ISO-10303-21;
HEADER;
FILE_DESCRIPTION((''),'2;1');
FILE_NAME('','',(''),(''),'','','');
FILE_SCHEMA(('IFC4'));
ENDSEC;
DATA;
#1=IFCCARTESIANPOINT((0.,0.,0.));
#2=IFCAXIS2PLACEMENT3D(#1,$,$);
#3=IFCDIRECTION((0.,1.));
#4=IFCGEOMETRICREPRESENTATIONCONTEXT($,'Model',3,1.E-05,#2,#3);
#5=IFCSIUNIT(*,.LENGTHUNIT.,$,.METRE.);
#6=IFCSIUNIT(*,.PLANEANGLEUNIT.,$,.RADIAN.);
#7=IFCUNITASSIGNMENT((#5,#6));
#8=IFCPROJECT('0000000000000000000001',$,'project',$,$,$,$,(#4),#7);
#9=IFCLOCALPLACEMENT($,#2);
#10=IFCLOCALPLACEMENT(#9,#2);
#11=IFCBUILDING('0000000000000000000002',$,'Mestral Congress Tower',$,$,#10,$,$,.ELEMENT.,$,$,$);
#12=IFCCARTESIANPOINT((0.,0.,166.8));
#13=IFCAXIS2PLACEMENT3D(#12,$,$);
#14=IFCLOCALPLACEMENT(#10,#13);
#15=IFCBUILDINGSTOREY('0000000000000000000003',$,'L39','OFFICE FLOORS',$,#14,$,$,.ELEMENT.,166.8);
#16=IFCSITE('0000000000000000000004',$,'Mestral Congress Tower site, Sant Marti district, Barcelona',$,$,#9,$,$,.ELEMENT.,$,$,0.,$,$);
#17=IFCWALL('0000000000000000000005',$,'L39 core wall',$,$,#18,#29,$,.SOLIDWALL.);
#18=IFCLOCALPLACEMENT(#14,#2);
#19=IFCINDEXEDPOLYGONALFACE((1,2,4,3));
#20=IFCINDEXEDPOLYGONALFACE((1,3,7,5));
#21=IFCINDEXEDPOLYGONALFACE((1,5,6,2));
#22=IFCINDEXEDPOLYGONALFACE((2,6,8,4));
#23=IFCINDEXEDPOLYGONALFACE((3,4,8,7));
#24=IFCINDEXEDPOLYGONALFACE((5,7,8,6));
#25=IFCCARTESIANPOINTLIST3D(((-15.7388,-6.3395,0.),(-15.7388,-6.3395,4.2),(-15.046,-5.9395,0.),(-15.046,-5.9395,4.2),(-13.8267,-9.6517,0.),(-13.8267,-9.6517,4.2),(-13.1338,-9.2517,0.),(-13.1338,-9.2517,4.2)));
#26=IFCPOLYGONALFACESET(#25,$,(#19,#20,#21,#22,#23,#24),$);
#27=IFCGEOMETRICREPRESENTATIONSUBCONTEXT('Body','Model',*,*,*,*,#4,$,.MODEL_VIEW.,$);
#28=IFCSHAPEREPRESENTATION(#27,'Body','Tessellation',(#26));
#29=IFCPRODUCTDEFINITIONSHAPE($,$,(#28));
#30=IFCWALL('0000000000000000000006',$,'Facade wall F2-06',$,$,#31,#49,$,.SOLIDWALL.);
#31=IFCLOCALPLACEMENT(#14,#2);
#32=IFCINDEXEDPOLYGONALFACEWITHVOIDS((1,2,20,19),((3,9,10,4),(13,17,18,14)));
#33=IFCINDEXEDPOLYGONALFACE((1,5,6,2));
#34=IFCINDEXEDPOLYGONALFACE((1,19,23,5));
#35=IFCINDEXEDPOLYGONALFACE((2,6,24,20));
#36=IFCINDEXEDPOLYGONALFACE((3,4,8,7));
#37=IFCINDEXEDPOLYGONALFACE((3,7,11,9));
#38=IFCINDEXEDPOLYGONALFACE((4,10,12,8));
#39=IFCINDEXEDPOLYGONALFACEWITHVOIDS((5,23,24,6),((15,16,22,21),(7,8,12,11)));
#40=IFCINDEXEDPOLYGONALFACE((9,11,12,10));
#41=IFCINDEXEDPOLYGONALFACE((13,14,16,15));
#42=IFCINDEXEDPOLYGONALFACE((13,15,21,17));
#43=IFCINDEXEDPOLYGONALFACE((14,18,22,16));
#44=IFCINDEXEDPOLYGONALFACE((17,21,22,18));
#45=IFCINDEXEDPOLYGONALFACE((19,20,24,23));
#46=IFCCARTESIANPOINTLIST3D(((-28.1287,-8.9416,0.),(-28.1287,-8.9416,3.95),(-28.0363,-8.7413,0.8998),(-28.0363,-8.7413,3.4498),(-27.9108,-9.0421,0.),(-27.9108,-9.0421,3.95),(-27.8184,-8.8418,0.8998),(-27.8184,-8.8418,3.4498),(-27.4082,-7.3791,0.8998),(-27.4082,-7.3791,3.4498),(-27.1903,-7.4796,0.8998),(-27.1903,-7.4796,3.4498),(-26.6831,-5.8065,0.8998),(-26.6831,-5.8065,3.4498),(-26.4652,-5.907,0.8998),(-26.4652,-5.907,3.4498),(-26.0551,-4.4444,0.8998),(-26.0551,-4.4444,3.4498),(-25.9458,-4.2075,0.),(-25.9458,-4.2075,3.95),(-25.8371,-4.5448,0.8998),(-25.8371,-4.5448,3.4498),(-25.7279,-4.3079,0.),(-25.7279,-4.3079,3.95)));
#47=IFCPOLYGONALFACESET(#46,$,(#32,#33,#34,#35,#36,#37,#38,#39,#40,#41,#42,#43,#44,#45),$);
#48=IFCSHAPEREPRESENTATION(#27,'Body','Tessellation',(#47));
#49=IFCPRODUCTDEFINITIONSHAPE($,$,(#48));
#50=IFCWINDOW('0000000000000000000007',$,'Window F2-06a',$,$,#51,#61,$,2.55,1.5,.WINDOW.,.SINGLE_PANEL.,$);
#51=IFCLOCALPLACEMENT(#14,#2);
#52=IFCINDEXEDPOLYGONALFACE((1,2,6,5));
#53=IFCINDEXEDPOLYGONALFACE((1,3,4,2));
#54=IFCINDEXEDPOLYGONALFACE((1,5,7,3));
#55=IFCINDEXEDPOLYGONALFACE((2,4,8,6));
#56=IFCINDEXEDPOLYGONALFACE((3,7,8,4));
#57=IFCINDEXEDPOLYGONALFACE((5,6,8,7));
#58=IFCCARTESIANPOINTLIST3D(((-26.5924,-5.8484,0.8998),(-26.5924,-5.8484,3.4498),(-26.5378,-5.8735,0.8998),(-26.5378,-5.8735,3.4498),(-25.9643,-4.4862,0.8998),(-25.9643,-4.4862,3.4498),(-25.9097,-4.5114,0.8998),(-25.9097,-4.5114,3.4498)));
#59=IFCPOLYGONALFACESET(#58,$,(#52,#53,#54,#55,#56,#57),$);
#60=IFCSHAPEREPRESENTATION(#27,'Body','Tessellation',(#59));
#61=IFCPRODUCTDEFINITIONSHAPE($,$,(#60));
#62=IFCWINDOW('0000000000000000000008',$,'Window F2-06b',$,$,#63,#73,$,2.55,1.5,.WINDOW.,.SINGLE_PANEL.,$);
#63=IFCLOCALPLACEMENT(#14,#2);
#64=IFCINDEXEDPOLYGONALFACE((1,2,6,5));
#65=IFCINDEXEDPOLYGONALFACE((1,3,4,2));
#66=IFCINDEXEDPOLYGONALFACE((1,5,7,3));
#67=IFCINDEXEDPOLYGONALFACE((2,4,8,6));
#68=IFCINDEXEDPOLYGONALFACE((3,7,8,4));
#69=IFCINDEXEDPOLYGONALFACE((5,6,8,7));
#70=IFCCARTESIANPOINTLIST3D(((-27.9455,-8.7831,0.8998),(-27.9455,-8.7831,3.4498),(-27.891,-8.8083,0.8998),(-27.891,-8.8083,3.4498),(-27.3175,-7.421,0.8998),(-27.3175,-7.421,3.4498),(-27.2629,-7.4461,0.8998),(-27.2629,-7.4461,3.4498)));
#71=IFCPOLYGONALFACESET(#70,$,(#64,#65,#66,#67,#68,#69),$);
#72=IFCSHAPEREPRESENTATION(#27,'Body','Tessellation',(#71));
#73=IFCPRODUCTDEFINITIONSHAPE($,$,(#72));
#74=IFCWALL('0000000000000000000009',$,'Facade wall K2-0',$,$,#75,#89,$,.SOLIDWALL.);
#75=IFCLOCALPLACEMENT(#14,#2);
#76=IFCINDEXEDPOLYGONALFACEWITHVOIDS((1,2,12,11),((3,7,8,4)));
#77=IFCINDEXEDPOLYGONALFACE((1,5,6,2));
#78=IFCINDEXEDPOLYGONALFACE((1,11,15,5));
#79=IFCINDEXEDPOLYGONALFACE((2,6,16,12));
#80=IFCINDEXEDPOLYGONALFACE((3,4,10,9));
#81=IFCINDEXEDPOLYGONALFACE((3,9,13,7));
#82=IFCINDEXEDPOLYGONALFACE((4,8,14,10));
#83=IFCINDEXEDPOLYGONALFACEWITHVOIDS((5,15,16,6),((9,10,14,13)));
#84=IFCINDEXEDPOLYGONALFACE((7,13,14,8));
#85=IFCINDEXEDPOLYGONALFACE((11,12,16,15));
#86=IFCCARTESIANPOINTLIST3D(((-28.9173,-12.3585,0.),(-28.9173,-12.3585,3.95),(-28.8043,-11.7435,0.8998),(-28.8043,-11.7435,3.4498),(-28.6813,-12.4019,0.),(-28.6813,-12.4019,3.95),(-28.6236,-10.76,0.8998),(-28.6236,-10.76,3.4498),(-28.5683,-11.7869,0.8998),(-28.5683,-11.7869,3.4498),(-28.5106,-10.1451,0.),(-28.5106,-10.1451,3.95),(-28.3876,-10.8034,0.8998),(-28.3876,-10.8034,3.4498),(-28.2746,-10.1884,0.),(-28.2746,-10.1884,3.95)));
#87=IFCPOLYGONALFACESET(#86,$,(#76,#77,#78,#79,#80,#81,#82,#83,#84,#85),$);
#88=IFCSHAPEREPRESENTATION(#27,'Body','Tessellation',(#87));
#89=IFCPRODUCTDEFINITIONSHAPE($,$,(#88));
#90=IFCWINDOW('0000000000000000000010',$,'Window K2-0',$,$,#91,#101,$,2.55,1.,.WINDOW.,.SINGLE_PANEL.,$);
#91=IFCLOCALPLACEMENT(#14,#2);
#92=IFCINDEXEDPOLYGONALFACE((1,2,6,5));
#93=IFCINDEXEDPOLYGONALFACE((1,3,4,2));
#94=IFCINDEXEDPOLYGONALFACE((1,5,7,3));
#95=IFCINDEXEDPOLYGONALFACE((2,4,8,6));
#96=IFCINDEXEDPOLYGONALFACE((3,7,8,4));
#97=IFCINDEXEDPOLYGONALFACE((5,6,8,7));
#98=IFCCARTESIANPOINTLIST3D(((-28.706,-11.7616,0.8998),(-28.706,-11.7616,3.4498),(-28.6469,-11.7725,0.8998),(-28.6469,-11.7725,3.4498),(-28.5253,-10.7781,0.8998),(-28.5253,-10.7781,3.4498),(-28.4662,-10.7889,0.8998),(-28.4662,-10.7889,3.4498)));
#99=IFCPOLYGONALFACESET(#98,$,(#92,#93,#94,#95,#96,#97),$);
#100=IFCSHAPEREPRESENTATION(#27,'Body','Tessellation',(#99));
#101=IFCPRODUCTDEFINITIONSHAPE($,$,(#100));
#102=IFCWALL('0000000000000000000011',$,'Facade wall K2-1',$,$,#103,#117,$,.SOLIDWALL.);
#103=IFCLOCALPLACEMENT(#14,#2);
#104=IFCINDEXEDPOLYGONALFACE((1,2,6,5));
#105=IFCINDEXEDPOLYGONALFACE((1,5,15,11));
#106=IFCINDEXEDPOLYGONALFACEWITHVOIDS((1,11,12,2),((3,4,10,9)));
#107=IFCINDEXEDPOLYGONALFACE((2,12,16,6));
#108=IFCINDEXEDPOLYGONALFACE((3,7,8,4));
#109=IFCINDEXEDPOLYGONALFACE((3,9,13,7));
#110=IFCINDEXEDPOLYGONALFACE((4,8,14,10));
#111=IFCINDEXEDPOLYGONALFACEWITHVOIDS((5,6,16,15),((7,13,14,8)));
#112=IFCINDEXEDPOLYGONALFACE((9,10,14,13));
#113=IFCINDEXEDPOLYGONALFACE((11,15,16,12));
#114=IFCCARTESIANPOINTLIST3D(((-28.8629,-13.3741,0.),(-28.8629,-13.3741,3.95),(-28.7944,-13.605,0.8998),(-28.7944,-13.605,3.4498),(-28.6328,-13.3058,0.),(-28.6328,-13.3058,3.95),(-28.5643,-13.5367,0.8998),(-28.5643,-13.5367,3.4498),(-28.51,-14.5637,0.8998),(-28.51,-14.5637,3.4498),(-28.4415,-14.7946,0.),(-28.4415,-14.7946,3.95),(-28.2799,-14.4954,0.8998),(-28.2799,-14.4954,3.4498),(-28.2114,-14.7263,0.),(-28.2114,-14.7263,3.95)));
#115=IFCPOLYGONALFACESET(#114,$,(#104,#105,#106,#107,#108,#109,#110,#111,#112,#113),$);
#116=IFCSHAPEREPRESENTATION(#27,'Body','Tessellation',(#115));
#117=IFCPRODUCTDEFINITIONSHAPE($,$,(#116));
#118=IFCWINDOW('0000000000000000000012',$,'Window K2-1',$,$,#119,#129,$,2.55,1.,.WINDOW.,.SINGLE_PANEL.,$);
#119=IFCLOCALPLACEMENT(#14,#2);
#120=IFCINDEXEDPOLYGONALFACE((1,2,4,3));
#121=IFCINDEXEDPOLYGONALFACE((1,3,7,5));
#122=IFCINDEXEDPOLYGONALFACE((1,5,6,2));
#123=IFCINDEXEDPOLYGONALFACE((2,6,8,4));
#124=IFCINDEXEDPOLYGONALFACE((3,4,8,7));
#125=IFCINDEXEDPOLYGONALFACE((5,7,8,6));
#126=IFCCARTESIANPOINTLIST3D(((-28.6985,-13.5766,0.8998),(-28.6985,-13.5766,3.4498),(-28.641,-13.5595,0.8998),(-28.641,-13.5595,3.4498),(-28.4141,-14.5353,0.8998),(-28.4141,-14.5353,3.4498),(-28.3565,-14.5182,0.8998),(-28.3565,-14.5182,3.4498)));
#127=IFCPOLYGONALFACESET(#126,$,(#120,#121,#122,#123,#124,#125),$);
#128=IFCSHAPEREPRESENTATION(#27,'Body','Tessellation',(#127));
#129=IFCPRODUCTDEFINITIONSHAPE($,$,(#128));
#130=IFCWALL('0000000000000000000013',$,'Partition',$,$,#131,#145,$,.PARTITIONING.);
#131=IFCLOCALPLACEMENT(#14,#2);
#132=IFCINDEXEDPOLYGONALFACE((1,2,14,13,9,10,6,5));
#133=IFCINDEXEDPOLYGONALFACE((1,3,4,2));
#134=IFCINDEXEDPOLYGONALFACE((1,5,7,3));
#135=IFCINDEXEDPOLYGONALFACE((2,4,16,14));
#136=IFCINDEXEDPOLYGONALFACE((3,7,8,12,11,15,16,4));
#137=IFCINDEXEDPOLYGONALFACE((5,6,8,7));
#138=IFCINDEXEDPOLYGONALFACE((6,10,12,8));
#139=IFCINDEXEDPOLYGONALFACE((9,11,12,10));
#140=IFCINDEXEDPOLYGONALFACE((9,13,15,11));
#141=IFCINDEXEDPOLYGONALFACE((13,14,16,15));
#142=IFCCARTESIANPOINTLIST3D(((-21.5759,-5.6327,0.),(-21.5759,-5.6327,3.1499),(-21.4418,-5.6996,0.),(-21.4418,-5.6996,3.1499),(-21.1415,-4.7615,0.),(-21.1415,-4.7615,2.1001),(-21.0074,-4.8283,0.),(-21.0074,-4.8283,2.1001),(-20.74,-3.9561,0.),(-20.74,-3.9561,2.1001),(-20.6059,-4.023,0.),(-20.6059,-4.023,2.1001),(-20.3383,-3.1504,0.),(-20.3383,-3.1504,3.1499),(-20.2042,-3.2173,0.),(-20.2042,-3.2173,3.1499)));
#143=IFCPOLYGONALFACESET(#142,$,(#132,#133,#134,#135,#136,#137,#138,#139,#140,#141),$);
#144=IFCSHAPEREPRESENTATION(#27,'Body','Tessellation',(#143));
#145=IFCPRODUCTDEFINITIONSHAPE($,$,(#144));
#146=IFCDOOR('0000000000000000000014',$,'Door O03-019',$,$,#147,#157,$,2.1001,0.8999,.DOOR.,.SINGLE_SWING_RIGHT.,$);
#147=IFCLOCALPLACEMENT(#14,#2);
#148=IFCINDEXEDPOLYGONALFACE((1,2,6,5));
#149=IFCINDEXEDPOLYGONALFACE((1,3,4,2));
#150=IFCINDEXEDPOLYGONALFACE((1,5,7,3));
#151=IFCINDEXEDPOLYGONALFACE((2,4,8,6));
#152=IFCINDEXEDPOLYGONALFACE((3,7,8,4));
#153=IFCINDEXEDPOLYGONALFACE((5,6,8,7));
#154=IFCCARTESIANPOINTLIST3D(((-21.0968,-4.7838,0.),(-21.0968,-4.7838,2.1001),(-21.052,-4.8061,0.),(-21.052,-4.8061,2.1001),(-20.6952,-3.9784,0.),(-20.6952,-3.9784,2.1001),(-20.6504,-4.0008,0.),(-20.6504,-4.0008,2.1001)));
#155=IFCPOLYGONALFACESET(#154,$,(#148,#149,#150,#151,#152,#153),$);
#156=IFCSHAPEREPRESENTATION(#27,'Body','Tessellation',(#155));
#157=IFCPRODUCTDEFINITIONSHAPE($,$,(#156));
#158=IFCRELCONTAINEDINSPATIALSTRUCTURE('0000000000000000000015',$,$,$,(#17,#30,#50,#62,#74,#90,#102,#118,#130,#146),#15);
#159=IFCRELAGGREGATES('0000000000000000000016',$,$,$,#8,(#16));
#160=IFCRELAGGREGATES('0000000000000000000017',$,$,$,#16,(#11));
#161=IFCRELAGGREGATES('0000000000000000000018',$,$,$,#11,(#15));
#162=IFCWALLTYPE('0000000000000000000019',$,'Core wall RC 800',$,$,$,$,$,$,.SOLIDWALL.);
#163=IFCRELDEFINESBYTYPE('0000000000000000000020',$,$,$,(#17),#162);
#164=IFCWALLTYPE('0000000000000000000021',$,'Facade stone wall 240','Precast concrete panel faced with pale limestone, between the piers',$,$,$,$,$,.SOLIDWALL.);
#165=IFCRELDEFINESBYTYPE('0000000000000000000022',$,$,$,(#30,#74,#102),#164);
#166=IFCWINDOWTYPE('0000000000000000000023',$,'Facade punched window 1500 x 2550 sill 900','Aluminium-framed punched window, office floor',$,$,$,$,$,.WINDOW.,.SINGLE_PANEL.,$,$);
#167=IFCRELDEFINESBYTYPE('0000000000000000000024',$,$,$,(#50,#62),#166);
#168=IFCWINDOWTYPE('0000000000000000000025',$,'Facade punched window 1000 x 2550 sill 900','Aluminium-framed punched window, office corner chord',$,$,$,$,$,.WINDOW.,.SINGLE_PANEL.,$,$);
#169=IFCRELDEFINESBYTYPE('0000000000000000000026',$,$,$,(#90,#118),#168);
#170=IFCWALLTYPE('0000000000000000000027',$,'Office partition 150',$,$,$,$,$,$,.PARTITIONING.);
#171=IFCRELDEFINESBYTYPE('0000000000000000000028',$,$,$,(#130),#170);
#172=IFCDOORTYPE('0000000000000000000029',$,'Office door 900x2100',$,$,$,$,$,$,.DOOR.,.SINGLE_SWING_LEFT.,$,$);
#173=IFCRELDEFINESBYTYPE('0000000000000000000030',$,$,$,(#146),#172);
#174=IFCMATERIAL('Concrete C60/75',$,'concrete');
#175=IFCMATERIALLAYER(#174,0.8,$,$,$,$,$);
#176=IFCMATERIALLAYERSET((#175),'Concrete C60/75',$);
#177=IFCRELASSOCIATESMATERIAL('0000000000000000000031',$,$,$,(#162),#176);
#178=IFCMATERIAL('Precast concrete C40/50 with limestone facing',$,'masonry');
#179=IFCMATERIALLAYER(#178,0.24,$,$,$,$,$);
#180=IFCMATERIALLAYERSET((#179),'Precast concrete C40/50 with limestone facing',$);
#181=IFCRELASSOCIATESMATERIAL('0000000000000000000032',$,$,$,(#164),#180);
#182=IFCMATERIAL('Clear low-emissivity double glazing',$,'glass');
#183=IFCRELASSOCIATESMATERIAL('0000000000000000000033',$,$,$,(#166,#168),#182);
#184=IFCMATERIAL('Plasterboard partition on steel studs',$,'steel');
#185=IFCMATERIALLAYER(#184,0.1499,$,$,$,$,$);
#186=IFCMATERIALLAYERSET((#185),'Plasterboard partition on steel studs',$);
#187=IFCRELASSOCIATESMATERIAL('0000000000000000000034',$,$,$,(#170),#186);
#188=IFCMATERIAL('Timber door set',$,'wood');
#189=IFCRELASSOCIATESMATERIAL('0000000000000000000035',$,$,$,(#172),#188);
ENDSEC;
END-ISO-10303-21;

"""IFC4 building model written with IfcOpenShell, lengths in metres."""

from ifc_helpers import new_model, si_unit, direction, frame, frame_2d, origin, place, context, subcontext, project, spatial, rectangle, extrude, material, layer, layer_set, type_object, element, fill, save


model = new_model("IFC4")

# Units and contexts
model_context = context("Model", 3, precision=1e-05, world=origin(), true_north=direction((0.0, 1.0)))
body_context = subcontext(model_context, "Body", "Model", "MODEL_VIEW")
ifc_project = project(units=[si_unit("LENGTHUNIT", "METRE"), si_unit("PLANEANGLEUNIT", "RADIAN")], contexts=[model_context])

# Site, building, storey
site_placement = place(None, origin())
site = spatial("IfcSite", under=ifc_project, at=site_placement, Name="Mestral Congress Tower site, Sant Marti district, Barcelona", CompositionType="ELEMENT", RefElevation=0.0)
building_placement = place(site_placement, origin())
building = spatial("IfcBuilding", under=site, at=building_placement, Name="Mestral Congress Tower", CompositionType="ELEMENT")
storey_placement = place(building_placement, frame((0.0, 0.0, 166.8)))
storey = spatial("IfcBuildingStorey", under=building, at=storey_placement, Name="L39", Description="OFFICE FLOORS", CompositionType="ELEMENT", Elevation=166.8)

# Shared definitions
ifc_material_1 = material(Name="Concrete C60/75", Category="concrete")

# Wall
ifc_layer_1 = layer(ifc_material_1, 0.8)
ifc_layer_set_1 = layer_set([ifc_layer_1], Name="Concrete C60/75")
wall_type_1 = type_object("IfcWallType", Name="Core wall RC 800", PredefinedType="SOLIDWALL", material=ifc_layer_set_1)
wall_1_placement = place(storey_placement, frame((-15.3923, -6.1396, 0.0), z_axis=(0.0, 0.0, 1.0), x_axis=(0.499984, -0.866035, 0.0)))
element("IfcWall", 1, at=wall_1_placement, inside=storey, type_object=wall_type_1, Name="L39 core wall", PredefinedType="SOLIDWALL", context=body_context, shape_type="SweptSolid", body=[
    extrude(rectangle(XDim=3.8245, YDim=0.8, at=frame_2d((1.9121, 0.0))), origin(), (0.0, 0.0, 1.0), 4.2),
])

# Wall, openings, windows
ifc_material_2 = material(Name="Precast concrete C40/50 with limestone facing", Category="masonry")
ifc_layer_2 = layer(ifc_material_2, 0.24)
ifc_layer_set_2 = layer_set([ifc_layer_2], Name="Precast concrete C40/50 with limestone facing")
wall_type_2 = type_object("IfcWallType", Name="Facade stone wall 240", Description="Precast concrete panel faced with pale limestone, between the piers", PredefinedType="SOLIDWALL", material=ifc_layer_set_2)
wall_2_placement = place(storey_placement, frame((-25.8369, -4.2578, 0.0), z_axis=(0.0, 0.0, 1.0), x_axis=(-0.418723, -0.908114, 0.0)))
wall_2 = element("IfcWall", 2, at=wall_2_placement, inside=storey, type_object=wall_type_2, Name="Facade wall F2-06", PredefinedType="SOLIDWALL", context=body_context, shape_type="SweptSolid", body=[
    extrude(rectangle(XDim=5.2131, YDim=0.24, at=frame_2d((2.6064, 0.0))), origin(), (0.0, 0.0, 1.0), 3.95),
])
opening_1_placement = place(wall_2_placement, frame((0.2607, 0.0, 0.8999)))
opening_1 = element("IfcOpeningElement", 3, at=opening_1_placement, cuts=wall_2, PredefinedType="OPENING", context=body_context, shape_type="SweptSolid", body=[
    extrude(rectangle(XDim=1.5, YDim=2.55, at=frame_2d((0.75, 1.2749))), frame((0.0, 0.1299, 0.0), z_axis=(0.0, -1.0, 0.0), x_axis=(1.0, 0.0, 0.0)), (0.0, 0.0, 1.0), 0.26),
])
opening_2_placement = place(wall_2_placement, frame((3.4924, 0.0, 0.8999)))
opening_2 = element("IfcOpeningElement", 4, at=opening_2_placement, cuts=wall_2, PredefinedType="OPENING", context=body_context, shape_type="SweptSolid", body=[
    extrude(rectangle(XDim=1.5, YDim=2.55, at=frame_2d((0.75, 1.2749))), frame((0.0, 0.1299, 0.0), z_axis=(0.0, -1.0, 0.0), x_axis=(1.0, 0.0, 0.0)), (0.0, 0.0, 1.0), 0.26),
])
ifc_material_3 = material(Name="Clear low-emissivity double glazing", Category="glass")
window_type_1 = type_object("IfcWindowType", Name="Facade punched window 1500 x 2550 sill 900", Description="Aluminium-framed punched window, office floor", PartitioningType="SINGLE_PANEL", PredefinedType="WINDOW", material=ifc_material_3)
window_1_placement = place(opening_1_placement, origin())
window_1 = element("IfcWindow", 5, at=window_1_placement, inside=storey, type_object=window_type_1, Name="Window F2-06a", OverallHeight=2.55, OverallWidth=1.5, PartitioningType="SINGLE_PANEL", PredefinedType="WINDOW", context=body_context, shape_type="SweptSolid", body=[
    extrude(rectangle(XDim=1.5, YDim=2.55, at=frame_2d((0.75, 1.2749))), frame((0.0, 0.04, 0.0), z_axis=(0.0, -1.0, 0.0), x_axis=(1.0, 0.0, 0.0)), (0.0, 0.0, 1.0), 0.0601),
])
fill(opening_1, window_1)
window_2_placement = place(opening_2_placement, origin())
window_2 = element("IfcWindow", 6, at=window_2_placement, inside=storey, type_object=window_type_1, Name="Window F2-06b", OverallHeight=2.55, OverallWidth=1.5, PartitioningType="SINGLE_PANEL", PredefinedType="WINDOW", context=body_context, shape_type="SweptSolid", body=[
    extrude(rectangle(XDim=1.5, YDim=2.55, at=frame_2d((0.75, 1.2749))), frame((0.0, 0.04, 0.0), z_axis=(0.0, -1.0, 0.0), x_axis=(1.0, 0.0, 0.0)), (0.0, 0.0, 1.0), 0.0601),
])
fill(opening_2, window_2)

# Walls, openings, windows
wall_3_placement = place(storey_placement, frame((-28.3926, -10.1667, 0.0), z_axis=(0.0, 0.0, 1.0), x_axis=(-0.180737, -0.983531, 0.0)))
wall_3 = element("IfcWall", 7, at=wall_3_placement, inside=storey, type_object=wall_type_2, Name="Facade wall K2-0", PredefinedType="SOLIDWALL", context=body_context, shape_type="SweptSolid", body=[
    extrude(rectangle(XDim=2.2505, YDim=0.24, at=frame_2d((1.1252, 0.0))), origin(), (0.0, 0.0, 1.0), 3.95),
])
opening_3_placement = place(wall_3_placement, frame((0.6252, 0.0, 0.8999)))
opening_3 = element("IfcOpeningElement", 8, at=opening_3_placement, cuts=wall_3, PredefinedType="OPENING", context=body_context, shape_type="SweptSolid", body=[
    extrude(rectangle(XDim=1.0, YDim=2.55, at=frame_2d((0.5, 1.2749))), frame((0.0, 0.1299, 0.0), z_axis=(0.0, -1.0, 0.0), x_axis=(1.0, 0.0, 0.0)), (0.0, 0.0, 1.0), 0.26),
])
window_type_2 = type_object("IfcWindowType", Name="Facade punched window 1000 x 2550 sill 900", Description="Aluminium-framed punched window, office corner chord", PartitioningType="SINGLE_PANEL", PredefinedType="WINDOW", material=ifc_material_3)
window_3_placement = place(opening_3_placement, origin())
window_3 = element("IfcWindow", 9, at=window_3_placement, inside=storey, type_object=window_type_2, Name="Window K2-0", OverallHeight=2.55, OverallWidth=1.0, PartitioningType="SINGLE_PANEL", PredefinedType="WINDOW", context=body_context, shape_type="SweptSolid", body=[
    extrude(rectangle(XDim=1.0, YDim=2.55, at=frame_2d((0.5, 1.2749))), frame((0.0, 0.04, 0.0), z_axis=(0.0, -1.0, 0.0), x_axis=(1.0, 0.0, 0.0)), (0.0, 0.0, 1.0), 0.0601),
])
fill(opening_3, window_3)
wall_4_placement = place(storey_placement, frame((-28.7478, -13.3401, 0.0), z_axis=(0.0, 0.0, 1.0), x_axis=(0.284414, -0.958702, 0.0)))
wall_4 = element("IfcWall", 10, at=wall_4_placement, inside=storey, type_object=wall_type_2, Name="Facade wall K2-1", PredefinedType="SOLIDWALL", context=body_context, shape_type="SweptSolid", body=[
    extrude(rectangle(XDim=1.4817, YDim=0.24, at=frame_2d((0.7407, 0.0))), origin(), (0.0, 0.0, 1.0), 3.95),
])
opening_4_placement = place(wall_4_placement, frame((0.2407, 0.0, 0.8999)))
opening_4 = element("IfcOpeningElement", 11, at=opening_4_placement, cuts=wall_4, PredefinedType="OPENING", context=body_context, shape_type="SweptSolid", body=[
    extrude(rectangle(XDim=1.0, YDim=2.55, at=frame_2d((0.5, 1.2749))), frame((0.0, 0.1299, 0.0), z_axis=(0.0, -1.0, 0.0), x_axis=(1.0, 0.0, 0.0)), (0.0, 0.0, 1.0), 0.26),
])
window_4_placement = place(opening_4_placement, origin())
window_4 = element("IfcWindow", 12, at=window_4_placement, inside=storey, type_object=window_type_2, Name="Window K2-1", OverallHeight=2.55, OverallWidth=1.0, PartitioningType="SINGLE_PANEL", PredefinedType="WINDOW", context=body_context, shape_type="SweptSolid", body=[
    extrude(rectangle(XDim=1.0, YDim=2.55, at=frame_2d((0.5, 1.2749))), frame((0.0, 0.04, 0.0), z_axis=(0.0, -1.0, 0.0), x_axis=(1.0, 0.0, 0.0)), (0.0, 0.0, 1.0), 0.0601),
])
fill(opening_4, window_4)

# Wall, opening, door
ifc_material_4 = material(Name="Plasterboard partition on steel studs", Category="steel")
ifc_layer_3 = layer(ifc_material_4, 0.1499)
ifc_layer_set_3 = layer_set([ifc_layer_3], Name="Plasterboard partition on steel studs")
wall_type_3 = type_object("IfcWallType", Name="Office partition 150", PredefinedType="PARTITIONING", material=ifc_layer_set_3)
wall_5_placement = place(storey_placement, frame((-21.5088, -5.666, 0.0), z_axis=(0.0, 0.0, 1.0), x_axis=(0.446192, 0.894937, 0.0)))
wall_5 = element("IfcWall", 13, at=wall_5_placement, inside=storey, type_object=wall_type_3, Name="Partition", PredefinedType="PARTITIONING", context=body_context, shape_type="SweptSolid", body=[
    extrude(rectangle(XDim=2.7737, YDim=0.1499, at=frame_2d((1.3867, 0.0))), origin(), (0.0, 0.0, 1.0), 3.1499),
])
opening_5_placement = place(wall_5_placement, frame((0.9734, 0.0, 0.0)))
opening_5 = element("IfcOpeningElement", 14, at=opening_5_placement, cuts=wall_5, PredefinedType="OPENING", context=body_context, shape_type="SweptSolid", body=[
    extrude(rectangle(XDim=0.8999, YDim=2.1001, at=frame_2d((0.45, 1.05))), frame((0.0, 0.085, 0.0), z_axis=(0.0, -1.0, 0.0), x_axis=(1.0, 0.0, 0.0)), (0.0, 0.0, 1.0), 0.1699),
])
ifc_material_5 = material(Name="Timber door set", Category="wood")
door_type = type_object("IfcDoorType", Name="Office door 900x2100", OperationType="SINGLE_SWING_LEFT", PredefinedType="DOOR", material=ifc_material_5)
door_1_placement = place(opening_5_placement, origin())
door_1 = element("IfcDoor", 15, at=door_1_placement, inside=storey, type_object=door_type, Name="Door O03-019", OperationType="SINGLE_SWING_RIGHT", OverallHeight=2.1001, OverallWidth=0.8999, PredefinedType="DOOR", context=body_context, shape_type="SweptSolid", body=[
    extrude(rectangle(XDim=0.8999, YDim=2.1001, at=frame_2d((0.45, 1.05))), frame((0.0, 0.0249, 0.0), z_axis=(0.0, -1.0, 0.0), x_axis=(1.0, 0.0, 0.0)), (0.0, 0.0, 1.0), 0.05),
])
fill(opening_5, door_1)

save(model, "model.ifc")
